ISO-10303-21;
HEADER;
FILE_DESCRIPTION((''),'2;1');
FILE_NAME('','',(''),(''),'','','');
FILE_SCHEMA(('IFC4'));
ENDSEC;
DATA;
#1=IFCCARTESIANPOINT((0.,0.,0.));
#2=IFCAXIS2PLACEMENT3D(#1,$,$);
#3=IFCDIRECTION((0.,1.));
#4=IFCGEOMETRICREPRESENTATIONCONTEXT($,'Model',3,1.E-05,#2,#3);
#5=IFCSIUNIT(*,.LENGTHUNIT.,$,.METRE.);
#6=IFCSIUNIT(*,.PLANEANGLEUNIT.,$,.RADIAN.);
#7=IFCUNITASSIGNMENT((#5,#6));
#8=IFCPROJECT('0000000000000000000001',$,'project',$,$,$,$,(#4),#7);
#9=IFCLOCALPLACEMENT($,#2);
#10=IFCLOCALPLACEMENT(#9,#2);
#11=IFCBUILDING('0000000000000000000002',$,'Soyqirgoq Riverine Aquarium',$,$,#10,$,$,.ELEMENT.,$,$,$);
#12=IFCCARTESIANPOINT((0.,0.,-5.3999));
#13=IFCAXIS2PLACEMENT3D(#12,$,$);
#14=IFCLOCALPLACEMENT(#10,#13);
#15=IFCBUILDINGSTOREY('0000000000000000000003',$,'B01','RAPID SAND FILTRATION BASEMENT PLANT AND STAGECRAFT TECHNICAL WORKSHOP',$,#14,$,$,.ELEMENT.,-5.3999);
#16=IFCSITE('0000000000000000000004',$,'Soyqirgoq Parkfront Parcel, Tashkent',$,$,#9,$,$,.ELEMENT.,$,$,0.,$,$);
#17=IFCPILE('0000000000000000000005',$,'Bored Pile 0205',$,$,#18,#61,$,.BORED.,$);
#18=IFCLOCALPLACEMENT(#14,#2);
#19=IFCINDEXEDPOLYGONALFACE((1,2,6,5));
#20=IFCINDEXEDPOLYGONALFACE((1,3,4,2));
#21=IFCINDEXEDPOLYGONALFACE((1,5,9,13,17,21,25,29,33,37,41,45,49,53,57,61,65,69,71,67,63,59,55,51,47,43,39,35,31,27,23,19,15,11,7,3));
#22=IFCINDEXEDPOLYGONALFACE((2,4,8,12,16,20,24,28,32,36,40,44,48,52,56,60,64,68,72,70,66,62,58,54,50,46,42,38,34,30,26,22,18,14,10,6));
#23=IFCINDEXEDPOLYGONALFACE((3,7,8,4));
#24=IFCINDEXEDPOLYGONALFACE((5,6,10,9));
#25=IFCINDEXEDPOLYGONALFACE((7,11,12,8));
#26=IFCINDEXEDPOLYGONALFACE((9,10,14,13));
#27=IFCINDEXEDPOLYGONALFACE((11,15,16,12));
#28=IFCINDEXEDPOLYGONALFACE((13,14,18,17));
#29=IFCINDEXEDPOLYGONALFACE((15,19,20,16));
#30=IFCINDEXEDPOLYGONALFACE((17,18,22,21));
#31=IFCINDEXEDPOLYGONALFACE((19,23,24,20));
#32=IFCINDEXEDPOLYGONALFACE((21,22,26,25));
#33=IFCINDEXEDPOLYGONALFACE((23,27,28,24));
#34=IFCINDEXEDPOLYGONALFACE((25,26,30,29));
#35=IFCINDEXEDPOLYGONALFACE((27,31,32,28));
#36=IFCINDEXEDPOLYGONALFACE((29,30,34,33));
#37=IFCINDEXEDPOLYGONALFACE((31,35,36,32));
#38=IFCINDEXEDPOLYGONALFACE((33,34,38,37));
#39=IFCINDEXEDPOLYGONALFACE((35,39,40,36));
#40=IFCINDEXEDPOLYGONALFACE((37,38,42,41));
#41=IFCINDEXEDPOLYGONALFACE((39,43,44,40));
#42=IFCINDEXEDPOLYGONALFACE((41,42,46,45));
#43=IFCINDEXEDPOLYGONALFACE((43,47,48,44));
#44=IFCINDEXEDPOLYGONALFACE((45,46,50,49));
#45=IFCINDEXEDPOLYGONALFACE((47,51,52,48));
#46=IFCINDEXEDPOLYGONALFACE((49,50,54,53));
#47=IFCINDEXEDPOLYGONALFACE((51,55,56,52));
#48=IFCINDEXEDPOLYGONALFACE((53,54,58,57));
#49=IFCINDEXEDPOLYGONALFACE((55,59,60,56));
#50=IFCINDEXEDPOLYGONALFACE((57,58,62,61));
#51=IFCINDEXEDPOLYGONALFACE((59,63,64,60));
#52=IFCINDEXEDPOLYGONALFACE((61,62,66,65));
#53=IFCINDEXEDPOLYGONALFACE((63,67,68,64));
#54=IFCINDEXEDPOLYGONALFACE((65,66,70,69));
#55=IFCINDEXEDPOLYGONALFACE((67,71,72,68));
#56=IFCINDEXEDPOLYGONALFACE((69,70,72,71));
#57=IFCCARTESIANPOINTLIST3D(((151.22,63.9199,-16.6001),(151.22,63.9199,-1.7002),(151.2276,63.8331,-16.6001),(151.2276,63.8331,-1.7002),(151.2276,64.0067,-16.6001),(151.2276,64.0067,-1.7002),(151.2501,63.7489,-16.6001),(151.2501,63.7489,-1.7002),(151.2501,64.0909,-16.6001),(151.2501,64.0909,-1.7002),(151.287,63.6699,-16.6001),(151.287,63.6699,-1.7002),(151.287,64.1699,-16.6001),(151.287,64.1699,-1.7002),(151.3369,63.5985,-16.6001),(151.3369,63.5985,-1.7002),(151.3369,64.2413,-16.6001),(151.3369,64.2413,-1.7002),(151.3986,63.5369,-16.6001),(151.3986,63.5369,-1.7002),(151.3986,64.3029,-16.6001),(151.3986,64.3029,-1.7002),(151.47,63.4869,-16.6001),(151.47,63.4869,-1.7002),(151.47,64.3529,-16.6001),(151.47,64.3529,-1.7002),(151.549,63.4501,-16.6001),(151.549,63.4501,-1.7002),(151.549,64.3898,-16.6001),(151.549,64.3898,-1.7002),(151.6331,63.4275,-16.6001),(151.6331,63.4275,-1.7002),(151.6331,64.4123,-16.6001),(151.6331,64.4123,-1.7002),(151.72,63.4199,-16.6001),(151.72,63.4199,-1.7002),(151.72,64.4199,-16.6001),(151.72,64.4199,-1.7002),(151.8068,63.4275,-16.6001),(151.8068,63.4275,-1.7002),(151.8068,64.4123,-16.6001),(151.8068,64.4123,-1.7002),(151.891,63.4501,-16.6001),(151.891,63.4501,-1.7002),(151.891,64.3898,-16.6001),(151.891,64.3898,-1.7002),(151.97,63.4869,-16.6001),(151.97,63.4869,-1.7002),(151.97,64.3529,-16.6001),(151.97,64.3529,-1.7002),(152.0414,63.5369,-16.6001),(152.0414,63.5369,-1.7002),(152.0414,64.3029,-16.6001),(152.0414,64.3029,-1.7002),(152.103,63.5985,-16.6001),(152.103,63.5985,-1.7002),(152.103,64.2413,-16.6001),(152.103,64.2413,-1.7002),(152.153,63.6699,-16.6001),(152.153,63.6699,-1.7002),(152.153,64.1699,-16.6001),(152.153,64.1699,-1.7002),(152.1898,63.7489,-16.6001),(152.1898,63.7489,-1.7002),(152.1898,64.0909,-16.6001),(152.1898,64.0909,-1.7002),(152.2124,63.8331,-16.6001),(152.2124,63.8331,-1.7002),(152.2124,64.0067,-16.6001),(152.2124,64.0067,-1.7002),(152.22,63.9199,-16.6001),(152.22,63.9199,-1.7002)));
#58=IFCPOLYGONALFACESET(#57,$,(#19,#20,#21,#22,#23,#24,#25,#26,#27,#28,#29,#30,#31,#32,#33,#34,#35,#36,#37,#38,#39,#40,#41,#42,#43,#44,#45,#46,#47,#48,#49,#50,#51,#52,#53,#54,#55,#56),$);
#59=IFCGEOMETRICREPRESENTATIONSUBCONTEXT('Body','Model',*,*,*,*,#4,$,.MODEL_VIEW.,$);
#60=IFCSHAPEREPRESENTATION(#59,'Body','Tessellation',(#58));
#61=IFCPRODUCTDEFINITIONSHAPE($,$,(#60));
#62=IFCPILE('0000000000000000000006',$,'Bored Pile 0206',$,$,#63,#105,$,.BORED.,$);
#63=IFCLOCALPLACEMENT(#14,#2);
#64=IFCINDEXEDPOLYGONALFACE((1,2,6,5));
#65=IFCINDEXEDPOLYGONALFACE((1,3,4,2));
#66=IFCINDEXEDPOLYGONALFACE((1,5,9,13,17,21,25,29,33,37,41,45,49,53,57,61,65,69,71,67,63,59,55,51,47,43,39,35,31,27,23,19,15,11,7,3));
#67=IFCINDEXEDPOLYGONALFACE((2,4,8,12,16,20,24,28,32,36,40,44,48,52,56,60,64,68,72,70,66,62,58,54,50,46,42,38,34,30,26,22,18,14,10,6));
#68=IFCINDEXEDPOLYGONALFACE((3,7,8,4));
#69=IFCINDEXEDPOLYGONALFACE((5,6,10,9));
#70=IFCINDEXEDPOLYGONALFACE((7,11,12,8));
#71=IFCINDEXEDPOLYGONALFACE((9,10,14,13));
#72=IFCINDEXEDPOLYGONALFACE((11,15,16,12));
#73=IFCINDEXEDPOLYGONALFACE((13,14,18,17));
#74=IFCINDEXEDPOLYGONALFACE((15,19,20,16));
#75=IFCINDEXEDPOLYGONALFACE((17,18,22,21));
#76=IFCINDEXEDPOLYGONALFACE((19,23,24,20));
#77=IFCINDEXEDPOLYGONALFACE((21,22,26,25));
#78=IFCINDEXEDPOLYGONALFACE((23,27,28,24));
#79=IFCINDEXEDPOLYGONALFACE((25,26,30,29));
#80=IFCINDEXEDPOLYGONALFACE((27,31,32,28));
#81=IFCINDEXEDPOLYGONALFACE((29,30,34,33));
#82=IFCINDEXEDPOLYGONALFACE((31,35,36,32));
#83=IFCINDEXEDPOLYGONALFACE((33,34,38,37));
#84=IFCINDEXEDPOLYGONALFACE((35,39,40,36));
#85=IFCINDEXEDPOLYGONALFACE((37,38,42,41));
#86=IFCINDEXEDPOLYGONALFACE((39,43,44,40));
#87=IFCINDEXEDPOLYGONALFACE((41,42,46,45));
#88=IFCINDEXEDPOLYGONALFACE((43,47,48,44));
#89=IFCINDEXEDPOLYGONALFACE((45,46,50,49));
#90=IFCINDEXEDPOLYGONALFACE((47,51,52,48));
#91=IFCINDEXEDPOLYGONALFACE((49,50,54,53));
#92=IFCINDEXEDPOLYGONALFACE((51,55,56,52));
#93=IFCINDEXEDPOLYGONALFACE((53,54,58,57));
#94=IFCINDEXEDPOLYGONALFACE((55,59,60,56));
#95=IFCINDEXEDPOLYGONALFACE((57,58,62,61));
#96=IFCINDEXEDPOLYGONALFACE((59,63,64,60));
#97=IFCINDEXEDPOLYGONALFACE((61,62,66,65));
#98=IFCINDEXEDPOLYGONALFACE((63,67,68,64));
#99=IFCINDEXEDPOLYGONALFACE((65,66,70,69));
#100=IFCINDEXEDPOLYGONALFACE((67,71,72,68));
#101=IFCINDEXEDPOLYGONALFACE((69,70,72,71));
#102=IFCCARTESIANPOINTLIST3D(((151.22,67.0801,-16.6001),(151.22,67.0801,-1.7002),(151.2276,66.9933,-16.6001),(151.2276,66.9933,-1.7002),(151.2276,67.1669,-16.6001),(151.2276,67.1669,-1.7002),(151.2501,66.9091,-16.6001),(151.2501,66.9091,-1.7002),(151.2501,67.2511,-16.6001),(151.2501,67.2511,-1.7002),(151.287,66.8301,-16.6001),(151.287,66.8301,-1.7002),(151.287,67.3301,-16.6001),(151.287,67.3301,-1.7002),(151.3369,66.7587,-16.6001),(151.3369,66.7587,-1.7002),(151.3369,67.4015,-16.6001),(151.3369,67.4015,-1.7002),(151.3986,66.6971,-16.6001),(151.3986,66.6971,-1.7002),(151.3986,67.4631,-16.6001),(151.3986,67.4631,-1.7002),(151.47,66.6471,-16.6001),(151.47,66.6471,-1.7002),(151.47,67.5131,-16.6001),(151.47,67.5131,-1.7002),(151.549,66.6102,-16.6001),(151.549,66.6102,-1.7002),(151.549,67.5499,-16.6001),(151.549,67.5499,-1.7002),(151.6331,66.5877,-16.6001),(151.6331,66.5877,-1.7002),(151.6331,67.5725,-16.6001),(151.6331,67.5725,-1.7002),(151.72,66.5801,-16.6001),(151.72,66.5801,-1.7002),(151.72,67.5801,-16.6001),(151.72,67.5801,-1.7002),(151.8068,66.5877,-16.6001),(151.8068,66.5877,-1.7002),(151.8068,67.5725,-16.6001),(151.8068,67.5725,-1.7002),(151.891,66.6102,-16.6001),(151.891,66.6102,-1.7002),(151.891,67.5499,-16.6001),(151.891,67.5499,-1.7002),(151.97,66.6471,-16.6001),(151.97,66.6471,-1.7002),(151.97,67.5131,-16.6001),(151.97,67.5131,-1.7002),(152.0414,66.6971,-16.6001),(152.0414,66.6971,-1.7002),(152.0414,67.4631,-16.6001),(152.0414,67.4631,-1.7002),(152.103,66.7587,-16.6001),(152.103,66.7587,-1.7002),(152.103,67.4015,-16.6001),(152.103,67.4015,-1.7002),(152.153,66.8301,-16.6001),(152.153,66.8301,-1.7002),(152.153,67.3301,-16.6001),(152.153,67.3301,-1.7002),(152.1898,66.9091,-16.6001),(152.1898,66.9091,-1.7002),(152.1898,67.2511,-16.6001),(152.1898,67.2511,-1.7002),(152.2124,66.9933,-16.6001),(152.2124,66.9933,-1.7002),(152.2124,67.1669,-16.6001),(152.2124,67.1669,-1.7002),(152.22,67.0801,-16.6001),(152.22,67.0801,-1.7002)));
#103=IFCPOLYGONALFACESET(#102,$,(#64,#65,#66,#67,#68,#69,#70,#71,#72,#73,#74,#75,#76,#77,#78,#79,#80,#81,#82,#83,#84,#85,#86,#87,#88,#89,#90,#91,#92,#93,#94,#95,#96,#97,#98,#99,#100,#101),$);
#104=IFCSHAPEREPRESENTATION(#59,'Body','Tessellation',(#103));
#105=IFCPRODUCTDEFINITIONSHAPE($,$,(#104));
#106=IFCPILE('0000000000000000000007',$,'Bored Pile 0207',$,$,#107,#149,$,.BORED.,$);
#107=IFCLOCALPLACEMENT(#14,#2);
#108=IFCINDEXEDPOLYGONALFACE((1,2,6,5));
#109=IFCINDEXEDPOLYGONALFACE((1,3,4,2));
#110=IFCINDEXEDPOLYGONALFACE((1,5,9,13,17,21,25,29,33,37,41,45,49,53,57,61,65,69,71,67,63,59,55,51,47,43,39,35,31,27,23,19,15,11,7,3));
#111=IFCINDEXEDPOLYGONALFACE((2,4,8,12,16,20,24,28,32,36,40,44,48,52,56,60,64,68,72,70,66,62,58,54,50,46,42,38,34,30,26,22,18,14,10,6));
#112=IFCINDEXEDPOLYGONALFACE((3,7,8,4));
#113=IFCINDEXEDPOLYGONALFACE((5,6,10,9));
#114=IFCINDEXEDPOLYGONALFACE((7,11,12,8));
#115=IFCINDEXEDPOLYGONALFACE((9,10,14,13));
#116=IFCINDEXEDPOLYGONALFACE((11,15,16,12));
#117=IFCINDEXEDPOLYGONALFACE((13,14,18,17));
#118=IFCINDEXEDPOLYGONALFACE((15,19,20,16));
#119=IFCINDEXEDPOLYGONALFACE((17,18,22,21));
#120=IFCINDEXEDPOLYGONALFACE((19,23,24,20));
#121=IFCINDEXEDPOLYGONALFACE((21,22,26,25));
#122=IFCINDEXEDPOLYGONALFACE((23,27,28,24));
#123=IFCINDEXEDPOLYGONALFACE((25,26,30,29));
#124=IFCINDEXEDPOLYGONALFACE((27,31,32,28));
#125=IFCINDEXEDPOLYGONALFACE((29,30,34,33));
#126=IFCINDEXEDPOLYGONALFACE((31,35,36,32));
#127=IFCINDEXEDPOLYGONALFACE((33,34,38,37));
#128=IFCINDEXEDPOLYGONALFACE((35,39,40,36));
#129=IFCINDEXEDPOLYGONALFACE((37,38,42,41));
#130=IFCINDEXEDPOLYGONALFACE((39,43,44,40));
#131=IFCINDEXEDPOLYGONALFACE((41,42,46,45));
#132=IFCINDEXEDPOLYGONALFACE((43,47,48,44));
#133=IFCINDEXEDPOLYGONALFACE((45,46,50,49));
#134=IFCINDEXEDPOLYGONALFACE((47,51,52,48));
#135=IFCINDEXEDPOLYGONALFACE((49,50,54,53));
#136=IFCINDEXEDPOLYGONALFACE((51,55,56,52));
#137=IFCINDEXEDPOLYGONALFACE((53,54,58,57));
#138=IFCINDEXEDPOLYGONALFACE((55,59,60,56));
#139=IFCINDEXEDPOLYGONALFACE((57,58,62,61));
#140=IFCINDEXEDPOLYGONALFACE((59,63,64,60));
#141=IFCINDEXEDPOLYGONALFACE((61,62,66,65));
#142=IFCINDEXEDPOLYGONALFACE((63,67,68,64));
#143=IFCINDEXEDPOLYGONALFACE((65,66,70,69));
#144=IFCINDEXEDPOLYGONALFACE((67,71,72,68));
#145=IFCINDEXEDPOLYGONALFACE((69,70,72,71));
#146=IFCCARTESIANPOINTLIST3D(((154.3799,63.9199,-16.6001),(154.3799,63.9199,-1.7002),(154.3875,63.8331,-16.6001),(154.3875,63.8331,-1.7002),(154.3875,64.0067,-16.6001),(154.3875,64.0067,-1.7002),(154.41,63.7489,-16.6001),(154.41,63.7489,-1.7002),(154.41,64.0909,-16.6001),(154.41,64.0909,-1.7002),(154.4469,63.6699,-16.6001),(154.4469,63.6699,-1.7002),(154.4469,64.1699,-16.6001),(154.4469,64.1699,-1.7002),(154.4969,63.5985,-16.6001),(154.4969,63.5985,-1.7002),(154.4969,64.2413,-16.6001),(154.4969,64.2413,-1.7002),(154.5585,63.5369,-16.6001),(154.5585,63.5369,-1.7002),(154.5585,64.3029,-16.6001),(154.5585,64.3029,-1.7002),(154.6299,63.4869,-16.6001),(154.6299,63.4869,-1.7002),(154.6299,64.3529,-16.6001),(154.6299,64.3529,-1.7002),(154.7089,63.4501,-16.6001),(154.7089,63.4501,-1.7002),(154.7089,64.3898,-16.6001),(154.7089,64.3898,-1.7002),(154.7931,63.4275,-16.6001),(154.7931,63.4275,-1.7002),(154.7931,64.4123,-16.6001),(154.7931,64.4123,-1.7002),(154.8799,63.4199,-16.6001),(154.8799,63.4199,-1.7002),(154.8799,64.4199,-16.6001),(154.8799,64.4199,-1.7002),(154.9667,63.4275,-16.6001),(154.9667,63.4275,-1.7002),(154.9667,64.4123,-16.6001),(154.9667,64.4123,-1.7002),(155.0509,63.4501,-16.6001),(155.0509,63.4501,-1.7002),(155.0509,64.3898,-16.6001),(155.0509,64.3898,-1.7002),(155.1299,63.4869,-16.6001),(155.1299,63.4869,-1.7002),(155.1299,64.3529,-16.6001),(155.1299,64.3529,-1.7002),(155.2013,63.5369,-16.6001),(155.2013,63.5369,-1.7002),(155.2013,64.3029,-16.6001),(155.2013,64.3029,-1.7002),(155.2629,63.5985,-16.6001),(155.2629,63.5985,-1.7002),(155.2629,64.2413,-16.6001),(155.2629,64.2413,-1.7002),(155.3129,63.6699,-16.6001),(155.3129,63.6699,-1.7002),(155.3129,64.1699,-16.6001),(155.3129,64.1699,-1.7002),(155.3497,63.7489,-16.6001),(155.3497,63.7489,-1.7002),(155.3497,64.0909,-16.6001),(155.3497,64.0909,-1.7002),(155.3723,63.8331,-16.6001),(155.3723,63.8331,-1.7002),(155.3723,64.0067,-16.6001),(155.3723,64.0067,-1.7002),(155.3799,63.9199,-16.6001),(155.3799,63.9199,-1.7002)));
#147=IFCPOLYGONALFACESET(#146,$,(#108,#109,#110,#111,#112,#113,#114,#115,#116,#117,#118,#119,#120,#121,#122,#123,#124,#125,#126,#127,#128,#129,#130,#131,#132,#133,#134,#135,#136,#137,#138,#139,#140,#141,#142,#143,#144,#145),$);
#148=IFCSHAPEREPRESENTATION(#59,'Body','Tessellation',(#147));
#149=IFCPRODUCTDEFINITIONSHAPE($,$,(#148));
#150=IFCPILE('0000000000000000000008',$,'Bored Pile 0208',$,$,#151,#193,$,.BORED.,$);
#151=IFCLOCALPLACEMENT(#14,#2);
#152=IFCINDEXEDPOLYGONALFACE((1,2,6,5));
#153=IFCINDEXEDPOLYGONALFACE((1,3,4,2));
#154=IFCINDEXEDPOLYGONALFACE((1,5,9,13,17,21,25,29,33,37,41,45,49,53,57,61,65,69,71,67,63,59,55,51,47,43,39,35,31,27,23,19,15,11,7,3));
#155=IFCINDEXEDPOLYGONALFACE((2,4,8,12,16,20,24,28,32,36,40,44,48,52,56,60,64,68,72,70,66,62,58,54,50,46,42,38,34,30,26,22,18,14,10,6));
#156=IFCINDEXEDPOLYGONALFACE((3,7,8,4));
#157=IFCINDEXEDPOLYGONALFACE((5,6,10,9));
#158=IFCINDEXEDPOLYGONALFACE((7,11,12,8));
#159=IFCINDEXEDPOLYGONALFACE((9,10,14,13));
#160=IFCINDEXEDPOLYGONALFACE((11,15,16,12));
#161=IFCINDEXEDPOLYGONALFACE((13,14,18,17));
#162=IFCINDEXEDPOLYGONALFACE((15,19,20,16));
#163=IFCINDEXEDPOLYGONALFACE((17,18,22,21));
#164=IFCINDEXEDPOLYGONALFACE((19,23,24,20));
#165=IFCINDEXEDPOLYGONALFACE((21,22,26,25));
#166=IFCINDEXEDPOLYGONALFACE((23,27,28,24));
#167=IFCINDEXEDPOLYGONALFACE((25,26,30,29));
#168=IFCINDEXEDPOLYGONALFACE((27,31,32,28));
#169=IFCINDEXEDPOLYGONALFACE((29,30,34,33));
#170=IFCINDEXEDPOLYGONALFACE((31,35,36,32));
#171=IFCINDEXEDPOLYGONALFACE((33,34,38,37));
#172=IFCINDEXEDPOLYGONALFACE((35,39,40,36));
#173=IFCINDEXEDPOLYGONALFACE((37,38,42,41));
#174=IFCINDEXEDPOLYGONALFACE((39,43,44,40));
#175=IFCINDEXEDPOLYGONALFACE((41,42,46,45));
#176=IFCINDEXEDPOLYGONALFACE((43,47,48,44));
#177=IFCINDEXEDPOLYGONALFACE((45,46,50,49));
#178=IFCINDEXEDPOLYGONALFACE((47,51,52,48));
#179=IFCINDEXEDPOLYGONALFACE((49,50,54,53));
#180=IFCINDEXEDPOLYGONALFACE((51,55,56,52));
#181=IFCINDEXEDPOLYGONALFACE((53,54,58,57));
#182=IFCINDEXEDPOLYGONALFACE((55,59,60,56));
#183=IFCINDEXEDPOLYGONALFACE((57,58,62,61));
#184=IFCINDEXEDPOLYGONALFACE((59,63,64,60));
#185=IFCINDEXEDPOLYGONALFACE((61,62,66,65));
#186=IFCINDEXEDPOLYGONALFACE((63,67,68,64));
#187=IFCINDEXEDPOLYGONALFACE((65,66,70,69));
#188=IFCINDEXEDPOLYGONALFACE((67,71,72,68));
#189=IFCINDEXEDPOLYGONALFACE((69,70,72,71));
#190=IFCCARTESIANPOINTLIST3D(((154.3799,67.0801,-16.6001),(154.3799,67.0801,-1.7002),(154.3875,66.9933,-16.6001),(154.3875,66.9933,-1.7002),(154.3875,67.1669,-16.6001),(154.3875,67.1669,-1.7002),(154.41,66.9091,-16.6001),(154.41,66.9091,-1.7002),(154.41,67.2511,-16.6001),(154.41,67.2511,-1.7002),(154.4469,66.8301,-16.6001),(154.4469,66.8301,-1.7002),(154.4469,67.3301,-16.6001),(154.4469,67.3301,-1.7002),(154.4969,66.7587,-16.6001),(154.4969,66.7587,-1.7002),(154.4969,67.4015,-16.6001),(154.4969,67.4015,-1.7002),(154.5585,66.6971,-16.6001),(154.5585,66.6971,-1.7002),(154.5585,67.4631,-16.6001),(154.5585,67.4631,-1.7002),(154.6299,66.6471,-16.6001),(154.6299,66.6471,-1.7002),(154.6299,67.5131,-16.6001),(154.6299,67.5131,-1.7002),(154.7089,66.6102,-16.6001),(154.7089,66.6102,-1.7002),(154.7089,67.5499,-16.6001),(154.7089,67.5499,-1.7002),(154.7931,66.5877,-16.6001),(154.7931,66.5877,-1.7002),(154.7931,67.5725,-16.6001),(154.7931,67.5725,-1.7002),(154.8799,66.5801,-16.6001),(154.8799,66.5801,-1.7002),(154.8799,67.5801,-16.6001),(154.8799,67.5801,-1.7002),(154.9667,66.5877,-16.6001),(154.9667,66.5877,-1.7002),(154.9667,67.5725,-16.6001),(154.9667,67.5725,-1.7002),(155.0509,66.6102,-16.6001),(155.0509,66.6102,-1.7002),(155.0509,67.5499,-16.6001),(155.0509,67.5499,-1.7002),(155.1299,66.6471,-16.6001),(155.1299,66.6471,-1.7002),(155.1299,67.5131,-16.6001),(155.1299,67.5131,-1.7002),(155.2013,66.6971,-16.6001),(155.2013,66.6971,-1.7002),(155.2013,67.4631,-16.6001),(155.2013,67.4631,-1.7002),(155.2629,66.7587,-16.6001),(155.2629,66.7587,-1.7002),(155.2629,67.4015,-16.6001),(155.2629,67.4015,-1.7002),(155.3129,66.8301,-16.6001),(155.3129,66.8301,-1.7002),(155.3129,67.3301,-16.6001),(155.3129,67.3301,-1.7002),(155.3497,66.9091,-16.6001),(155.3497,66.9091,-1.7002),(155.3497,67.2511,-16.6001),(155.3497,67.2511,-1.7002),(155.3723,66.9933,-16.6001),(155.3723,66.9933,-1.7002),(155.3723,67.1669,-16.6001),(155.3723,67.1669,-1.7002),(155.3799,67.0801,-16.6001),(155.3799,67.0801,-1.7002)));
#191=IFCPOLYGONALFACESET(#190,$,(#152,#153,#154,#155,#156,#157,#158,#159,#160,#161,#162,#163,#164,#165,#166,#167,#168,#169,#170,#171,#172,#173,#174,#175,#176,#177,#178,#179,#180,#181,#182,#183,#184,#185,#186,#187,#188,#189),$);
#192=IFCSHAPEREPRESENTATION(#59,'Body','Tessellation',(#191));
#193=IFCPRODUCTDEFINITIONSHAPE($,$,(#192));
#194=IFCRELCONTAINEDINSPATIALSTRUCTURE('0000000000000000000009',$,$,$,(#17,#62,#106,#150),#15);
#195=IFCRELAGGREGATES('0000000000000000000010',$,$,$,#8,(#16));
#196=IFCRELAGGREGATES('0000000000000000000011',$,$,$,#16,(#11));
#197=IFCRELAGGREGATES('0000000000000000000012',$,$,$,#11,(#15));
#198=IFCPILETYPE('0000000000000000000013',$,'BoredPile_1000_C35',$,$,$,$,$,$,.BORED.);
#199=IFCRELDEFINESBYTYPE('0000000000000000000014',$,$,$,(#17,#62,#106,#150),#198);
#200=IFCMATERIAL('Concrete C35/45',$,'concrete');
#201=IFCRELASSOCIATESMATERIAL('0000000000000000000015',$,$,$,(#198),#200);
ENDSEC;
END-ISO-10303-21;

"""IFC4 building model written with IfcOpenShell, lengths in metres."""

from ifc_helpers import new_model, si_unit, direction, frame, origin, origin_2d, place, context, subcontext, project, spatial, circle, extrude, material, material_profile, profile_set, type_object, element, save


model = new_model("IFC4")

# Units and contexts
model_context = context("Model", 3, precision=1e-05, world=origin(), true_north=direction((0.0, 1.0)))
body_context = subcontext(model_context, "Body", "Model", "MODEL_VIEW")
ifc_project = project(units=[si_unit("LENGTHUNIT", "METRE"), si_unit("PLANEANGLEUNIT", "RADIAN")], contexts=[model_context])

# Site, building, storey
site_placement = place(None, origin())
site = spatial("IfcSite", under=ifc_project, at=site_placement, Name="Soyqirgoq Parkfront Parcel, Tashkent", CompositionType="ELEMENT", RefElevation=0.0)
building_placement = place(site_placement, origin())
building = spatial("IfcBuilding", under=site, at=building_placement, Name="Soyqirgoq Riverine Aquarium", CompositionType="ELEMENT")
storey_placement = place(building_placement, frame((0.0, 0.0, -5.3999)))
storey = spatial("IfcBuildingStorey", under=building, at=storey_placement, Name="B01", Description="RAPID SAND FILTRATION BASEMENT PLANT AND STAGECRAFT TECHNICAL WORKSHOP", CompositionType="ELEMENT", Elevation=-5.3999)

# Piles
ifc_material_1 = material(Name="Concrete C35/45", Category="concrete")
ifc_material_profile_1 = material_profile(ifc_material_1, circle(Radius=0.5, at=origin_2d()), Name="BP D1000")
ifc_profile_set_1 = profile_set([ifc_material_profile_1], Name="Concrete C35/45")
pile_type = type_object("IfcPileType", Name="BoredPile_1000_C35", PredefinedType="BORED", material=ifc_profile_set_1)
for number, where, z_axis, x_axis, name in (
    (1, (151.72, 63.9199, -1.7002), (0.0, 0.0, -1.0), (1.0, 0.0, 0.0), "Bored Pile 0205"),
    (2, (151.72, 67.0801, -1.7002), (0.0, 0.0, -1.0), (1.0, 0.0, 0.0), "Bored Pile 0206"),
    (3, (154.8799, 63.9199, -1.7002), (0.0, 0.0, -1.0), (1.0, 0.0, 0.0), "Bored Pile 0207"),
    (4, (154.8799, 67.0801, -1.7002), (0.0, 0.0, -1.0), (1.0, 0.0, 0.0), "Bored Pile 0208"),
):
    element("IfcPile", number, at=place(storey_placement, frame(where, z_axis=z_axis, x_axis=x_axis)), inside=storey, type_object=pile_type, Name=name, PredefinedType="BORED", context=body_context, shape_type="SweptSolid", body=[
        extrude(circle(Radius=0.5, at=origin_2d()), origin(), (0.0, 0.0, 1.0), 14.8999),
    ])

save(model, "model.ifc")
